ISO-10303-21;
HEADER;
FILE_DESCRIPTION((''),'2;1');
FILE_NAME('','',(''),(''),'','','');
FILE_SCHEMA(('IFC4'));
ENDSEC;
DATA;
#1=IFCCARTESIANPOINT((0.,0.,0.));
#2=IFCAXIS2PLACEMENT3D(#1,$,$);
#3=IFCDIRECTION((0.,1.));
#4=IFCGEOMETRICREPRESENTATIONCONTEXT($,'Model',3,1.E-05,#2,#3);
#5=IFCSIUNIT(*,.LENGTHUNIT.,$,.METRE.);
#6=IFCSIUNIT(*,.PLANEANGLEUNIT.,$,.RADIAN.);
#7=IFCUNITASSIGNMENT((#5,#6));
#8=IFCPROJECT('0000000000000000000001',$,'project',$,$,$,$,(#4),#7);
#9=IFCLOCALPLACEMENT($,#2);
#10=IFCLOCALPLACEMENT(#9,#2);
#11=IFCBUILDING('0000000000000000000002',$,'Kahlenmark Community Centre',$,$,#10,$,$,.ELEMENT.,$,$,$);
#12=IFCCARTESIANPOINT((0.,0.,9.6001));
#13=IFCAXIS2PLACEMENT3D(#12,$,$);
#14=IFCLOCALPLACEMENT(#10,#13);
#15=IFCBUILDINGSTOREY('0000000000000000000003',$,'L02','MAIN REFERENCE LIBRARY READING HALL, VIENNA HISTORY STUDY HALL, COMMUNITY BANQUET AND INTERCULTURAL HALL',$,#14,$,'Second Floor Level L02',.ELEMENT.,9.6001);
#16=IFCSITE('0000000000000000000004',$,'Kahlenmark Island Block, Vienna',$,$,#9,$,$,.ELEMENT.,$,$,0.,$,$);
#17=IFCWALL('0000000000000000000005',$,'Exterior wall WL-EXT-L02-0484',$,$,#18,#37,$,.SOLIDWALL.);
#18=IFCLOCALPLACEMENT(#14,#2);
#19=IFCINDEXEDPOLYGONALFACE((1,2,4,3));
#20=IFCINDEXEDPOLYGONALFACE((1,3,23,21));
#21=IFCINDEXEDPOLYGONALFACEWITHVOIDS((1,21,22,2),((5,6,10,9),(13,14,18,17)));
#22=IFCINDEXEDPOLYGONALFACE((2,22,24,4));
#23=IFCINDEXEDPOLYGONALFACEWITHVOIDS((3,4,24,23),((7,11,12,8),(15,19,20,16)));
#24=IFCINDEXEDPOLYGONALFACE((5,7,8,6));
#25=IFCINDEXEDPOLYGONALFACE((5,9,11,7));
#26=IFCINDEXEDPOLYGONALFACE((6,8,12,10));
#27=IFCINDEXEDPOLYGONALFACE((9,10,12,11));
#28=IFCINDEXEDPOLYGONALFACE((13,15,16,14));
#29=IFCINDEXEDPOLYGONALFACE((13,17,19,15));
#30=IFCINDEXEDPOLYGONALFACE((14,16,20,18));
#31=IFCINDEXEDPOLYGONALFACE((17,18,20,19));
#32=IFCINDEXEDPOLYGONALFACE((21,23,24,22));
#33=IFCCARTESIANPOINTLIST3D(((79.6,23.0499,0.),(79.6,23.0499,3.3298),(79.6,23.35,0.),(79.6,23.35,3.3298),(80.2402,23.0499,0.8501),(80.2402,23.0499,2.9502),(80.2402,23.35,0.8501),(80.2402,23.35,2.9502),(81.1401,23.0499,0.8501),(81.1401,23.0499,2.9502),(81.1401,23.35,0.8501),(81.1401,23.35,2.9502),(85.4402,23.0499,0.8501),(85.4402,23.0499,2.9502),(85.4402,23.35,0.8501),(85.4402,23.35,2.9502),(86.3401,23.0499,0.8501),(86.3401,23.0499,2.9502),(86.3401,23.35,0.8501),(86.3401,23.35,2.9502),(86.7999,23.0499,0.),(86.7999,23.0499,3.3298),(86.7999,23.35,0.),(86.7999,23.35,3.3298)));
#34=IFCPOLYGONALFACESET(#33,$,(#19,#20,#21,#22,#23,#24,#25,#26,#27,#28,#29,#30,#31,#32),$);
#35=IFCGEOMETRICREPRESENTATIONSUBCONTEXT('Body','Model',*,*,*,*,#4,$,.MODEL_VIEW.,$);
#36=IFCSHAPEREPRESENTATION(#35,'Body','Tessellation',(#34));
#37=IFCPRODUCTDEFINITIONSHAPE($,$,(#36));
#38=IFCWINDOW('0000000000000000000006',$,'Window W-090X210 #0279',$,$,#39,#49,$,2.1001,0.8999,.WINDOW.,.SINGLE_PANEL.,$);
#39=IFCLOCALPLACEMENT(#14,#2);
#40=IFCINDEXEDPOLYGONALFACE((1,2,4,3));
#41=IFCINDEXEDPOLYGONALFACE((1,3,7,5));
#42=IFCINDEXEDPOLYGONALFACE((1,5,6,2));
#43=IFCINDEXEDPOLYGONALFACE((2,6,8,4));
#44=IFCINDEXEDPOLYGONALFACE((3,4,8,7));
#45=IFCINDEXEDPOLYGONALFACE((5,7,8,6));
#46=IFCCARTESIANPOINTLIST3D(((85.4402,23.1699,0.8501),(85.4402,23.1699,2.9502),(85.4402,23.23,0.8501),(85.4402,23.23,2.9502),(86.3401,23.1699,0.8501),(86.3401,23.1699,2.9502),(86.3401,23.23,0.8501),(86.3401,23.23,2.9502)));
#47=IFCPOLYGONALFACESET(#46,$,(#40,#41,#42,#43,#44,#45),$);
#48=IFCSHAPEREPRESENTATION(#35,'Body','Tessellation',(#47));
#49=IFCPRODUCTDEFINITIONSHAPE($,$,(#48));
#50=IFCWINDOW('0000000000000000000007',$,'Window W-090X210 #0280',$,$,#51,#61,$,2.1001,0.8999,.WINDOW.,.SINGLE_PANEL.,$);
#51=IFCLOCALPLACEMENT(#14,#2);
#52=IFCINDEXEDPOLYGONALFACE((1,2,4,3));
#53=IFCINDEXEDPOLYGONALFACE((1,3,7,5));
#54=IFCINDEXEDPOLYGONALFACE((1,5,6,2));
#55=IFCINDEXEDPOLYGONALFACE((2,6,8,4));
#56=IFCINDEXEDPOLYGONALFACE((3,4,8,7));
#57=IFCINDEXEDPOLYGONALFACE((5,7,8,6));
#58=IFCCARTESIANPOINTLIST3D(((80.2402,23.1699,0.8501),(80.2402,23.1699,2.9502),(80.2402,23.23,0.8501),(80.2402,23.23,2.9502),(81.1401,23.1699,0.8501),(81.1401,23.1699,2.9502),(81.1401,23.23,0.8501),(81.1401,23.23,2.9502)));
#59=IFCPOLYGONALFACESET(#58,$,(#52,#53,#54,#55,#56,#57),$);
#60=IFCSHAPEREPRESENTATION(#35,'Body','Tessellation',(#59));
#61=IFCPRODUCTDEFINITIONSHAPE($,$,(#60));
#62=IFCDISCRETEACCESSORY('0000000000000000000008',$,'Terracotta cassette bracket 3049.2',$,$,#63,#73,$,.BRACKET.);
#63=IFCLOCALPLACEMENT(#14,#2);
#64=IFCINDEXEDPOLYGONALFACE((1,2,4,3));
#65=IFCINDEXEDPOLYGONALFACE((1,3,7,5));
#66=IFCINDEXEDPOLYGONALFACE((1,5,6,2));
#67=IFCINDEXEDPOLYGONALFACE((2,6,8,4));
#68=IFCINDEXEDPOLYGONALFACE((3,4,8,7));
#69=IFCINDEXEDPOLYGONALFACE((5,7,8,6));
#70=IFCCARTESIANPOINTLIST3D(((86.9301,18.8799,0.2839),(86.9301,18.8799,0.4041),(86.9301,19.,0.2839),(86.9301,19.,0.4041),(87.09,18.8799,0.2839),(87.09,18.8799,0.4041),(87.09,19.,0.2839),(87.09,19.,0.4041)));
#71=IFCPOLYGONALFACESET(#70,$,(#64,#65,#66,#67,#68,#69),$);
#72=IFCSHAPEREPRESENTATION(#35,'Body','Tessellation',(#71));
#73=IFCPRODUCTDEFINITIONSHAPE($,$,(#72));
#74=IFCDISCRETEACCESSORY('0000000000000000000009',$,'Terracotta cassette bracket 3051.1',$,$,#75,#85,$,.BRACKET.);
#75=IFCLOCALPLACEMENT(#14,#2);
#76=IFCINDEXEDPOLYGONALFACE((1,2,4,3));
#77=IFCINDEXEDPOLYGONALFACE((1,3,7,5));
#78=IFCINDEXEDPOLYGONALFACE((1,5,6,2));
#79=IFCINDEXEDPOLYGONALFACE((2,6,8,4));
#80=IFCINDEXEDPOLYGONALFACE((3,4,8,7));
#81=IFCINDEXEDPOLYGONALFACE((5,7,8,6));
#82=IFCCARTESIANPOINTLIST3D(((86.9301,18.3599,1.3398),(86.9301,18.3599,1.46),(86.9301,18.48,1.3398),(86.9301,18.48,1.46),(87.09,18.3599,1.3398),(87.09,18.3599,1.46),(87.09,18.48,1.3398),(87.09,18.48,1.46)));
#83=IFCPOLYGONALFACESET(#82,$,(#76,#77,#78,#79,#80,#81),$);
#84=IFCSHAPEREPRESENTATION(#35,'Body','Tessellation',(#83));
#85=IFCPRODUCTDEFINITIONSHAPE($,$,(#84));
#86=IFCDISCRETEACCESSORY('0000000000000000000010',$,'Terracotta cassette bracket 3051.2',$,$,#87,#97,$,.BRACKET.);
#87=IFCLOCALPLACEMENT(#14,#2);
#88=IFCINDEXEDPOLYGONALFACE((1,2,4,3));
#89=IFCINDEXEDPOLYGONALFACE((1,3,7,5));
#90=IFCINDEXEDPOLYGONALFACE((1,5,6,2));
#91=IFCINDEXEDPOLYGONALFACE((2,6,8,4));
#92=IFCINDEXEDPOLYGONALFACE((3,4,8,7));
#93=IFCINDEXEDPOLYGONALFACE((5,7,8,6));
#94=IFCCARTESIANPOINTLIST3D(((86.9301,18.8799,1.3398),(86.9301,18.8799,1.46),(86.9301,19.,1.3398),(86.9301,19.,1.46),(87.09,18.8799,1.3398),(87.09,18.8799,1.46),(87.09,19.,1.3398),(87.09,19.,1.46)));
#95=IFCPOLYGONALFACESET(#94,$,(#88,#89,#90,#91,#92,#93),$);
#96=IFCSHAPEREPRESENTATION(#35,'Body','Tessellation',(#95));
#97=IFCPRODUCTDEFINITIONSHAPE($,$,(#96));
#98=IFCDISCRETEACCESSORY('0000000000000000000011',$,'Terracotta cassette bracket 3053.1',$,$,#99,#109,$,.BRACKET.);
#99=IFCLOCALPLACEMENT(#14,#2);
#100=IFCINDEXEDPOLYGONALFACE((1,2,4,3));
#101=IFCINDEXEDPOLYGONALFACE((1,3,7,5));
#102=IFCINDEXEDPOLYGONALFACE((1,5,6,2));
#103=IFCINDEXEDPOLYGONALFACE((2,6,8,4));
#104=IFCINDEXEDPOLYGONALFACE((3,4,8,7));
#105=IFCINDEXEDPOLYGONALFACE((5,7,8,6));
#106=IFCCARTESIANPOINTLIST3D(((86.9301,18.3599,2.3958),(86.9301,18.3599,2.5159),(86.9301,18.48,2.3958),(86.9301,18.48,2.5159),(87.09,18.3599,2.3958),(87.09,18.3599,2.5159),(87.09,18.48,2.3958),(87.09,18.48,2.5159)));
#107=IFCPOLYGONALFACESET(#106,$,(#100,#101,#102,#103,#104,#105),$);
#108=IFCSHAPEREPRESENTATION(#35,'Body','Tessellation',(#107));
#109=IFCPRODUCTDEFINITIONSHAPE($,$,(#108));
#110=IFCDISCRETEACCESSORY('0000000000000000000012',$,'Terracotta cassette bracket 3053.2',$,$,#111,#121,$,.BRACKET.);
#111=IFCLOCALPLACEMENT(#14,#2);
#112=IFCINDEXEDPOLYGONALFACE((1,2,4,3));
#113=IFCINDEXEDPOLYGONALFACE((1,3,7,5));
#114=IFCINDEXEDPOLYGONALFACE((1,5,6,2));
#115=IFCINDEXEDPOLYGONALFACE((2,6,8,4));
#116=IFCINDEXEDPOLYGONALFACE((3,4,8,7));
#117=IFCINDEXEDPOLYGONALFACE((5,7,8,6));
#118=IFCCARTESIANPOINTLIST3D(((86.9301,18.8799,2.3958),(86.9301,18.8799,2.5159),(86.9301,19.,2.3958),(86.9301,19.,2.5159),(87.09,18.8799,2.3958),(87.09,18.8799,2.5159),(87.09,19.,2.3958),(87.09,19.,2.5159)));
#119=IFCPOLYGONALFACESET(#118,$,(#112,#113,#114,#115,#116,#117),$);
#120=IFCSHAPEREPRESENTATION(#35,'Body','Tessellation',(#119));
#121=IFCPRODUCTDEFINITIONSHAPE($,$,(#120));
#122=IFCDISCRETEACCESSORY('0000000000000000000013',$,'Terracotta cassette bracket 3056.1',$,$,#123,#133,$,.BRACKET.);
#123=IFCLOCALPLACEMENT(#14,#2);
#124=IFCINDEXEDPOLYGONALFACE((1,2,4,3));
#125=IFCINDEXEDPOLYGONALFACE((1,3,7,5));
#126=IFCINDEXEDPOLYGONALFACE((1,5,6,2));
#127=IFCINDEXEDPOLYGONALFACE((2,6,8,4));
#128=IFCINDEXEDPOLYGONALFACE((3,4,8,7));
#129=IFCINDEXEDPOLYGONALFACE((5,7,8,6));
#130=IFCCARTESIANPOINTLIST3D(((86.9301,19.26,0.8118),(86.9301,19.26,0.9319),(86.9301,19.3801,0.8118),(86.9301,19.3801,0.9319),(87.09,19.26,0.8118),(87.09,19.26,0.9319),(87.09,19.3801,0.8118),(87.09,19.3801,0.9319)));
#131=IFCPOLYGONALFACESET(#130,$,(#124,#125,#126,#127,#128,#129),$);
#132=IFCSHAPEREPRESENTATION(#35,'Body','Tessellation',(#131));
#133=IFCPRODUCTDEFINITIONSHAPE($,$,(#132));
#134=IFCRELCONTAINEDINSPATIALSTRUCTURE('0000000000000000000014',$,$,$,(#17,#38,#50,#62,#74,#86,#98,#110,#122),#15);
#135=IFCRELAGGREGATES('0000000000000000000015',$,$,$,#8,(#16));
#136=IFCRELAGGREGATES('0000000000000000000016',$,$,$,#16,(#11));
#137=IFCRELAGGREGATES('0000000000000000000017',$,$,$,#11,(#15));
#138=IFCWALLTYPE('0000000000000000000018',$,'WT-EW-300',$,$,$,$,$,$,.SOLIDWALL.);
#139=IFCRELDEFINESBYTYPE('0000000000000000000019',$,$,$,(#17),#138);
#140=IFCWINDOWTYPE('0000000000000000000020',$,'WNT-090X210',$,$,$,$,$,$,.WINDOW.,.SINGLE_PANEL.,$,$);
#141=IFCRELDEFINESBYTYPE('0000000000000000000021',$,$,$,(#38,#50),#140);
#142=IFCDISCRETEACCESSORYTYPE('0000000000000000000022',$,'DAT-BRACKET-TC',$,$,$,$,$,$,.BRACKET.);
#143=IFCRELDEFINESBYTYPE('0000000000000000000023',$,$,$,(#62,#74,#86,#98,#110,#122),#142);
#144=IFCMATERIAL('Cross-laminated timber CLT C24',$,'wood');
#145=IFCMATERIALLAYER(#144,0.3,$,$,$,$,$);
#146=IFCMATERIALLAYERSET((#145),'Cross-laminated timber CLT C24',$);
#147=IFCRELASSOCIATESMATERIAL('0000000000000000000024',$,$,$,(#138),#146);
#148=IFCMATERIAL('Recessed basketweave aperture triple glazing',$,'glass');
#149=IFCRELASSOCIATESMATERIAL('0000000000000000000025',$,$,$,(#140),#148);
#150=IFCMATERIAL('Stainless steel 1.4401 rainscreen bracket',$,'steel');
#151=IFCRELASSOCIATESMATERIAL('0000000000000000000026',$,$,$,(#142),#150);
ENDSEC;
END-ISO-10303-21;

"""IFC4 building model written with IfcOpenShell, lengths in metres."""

from ifc_helpers import new_model, si_unit, direction, frame, frame_2d, origin, origin_2d, place, context, subcontext, project, spatial, rectangle, extrude, material, layer, layer_set, type_object, element, fill, save


model = new_model("IFC4")

# Units and contexts
model_context = context("Model", 3, precision=1e-05, world=origin(), true_north=direction((0.0, 1.0)))
body_context = subcontext(model_context, "Body", "Model", "MODEL_VIEW")
ifc_project = project(units=[si_unit("LENGTHUNIT", "METRE"), si_unit("PLANEANGLEUNIT", "RADIAN")], contexts=[model_context])

# Site, building, storey
site_placement = place(None, origin())
site = spatial("IfcSite", under=ifc_project, at=site_placement, Name="Kahlenmark Island Block, Vienna", CompositionType="ELEMENT", RefElevation=0.0)
building_placement = place(site_placement, origin())
building = spatial("IfcBuilding", under=site, at=building_placement, Name="Kahlenmark Community Centre", CompositionType="ELEMENT")
storey_placement = place(building_placement, frame((0.0, 0.0, 9.6001)))
storey = spatial("IfcBuildingStorey", under=building, at=storey_placement, Name="L02", Description="MAIN REFERENCE LIBRARY READING HALL, VIENNA HISTORY STUDY HALL, COMMUNITY BANQUET AND INTERCULTURAL HALL", LongName="Second Floor Level L02", CompositionType="ELEMENT", Elevation=9.6001)

# Shared definitions
ifc_material_1 = material(Name="Cross-laminated timber CLT C24", Category="wood")
ifc_layer_1 = layer(ifc_material_1, 0.3)
ifc_layer_set_1 = layer_set([ifc_layer_1], Name="Cross-laminated timber CLT C24")
wall_type = type_object("IfcWallType", Name="WT-EW-300", PredefinedType="SOLIDWALL", material=ifc_layer_set_1)

# Wall, openings, windows
wall_1_placement = place(storey_placement, frame((86.8, 23.2, 0.0), z_axis=(0.0, 0.0, 1.0), x_axis=(-1.0, 0.0, 0.0)))
wall_1 = element("IfcWall", 1, at=wall_1_placement, inside=storey, type_object=wall_type, Name="Exterior wall WL-EXT-L02-0484", PredefinedType="SOLIDWALL", context=body_context, shape_type="SweptSolid", body=[
    extrude(rectangle(XDim=7.2, YDim=0.3, at=frame_2d((3.6001, 0.0))), origin(), (0.0, 0.0, 1.0), 3.3298),
])
opening_1_placement = place(wall_1_placement, frame((0.46, 0.0, 0.8501)))
opening_1 = element("IfcOpeningElement", 2, at=opening_1_placement, cuts=wall_1, PredefinedType="OPENING", context=body_context, shape_type="SweptSolid", body=[
    extrude(rectangle(XDim=0.8999, YDim=2.1001, at=frame_2d((0.45, 1.05))), frame((0.0, 0.1599, 0.0), z_axis=(0.0, -1.0, 0.0), x_axis=(1.0, 0.0, 0.0)), (0.0, 0.0, 1.0), 0.3201),
])
opening_2_placement = place(wall_1_placement, frame((5.6599, 0.0, 0.8501)))
opening_2 = element("IfcOpeningElement", 3, at=opening_2_placement, cuts=wall_1, PredefinedType="OPENING", context=body_context, shape_type="SweptSolid", body=[
    extrude(rectangle(XDim=0.8999, YDim=2.1001, at=frame_2d((0.45, 1.05))), frame((0.0, 0.1599, 0.0), z_axis=(0.0, -1.0, 0.0), x_axis=(1.0, 0.0, 0.0)), (0.0, 0.0, 1.0), 0.3201),
])
ifc_material_2 = material(Name="Recessed basketweave aperture triple glazing", Category="glass")
window_type = type_object("IfcWindowType", Name="WNT-090X210", PartitioningType="SINGLE_PANEL", PredefinedType="WINDOW", material=ifc_material_2)
window_1_placement = place(opening_1_placement, origin())
window_1 = element("IfcWindow", 4, at=window_1_placement, inside=storey, type_object=window_type, Name="Window W-090X210 #0279", OverallHeight=2.1001, OverallWidth=0.8999, PartitioningType="SINGLE_PANEL", PredefinedType="WINDOW", context=body_context, shape_type="SweptSolid", body=[
    extrude(rectangle(XDim=0.8999, YDim=2.1001, at=frame_2d((0.45, 1.05))), frame((0.0, 0.03, 0.0), z_axis=(0.0, -1.0, 0.0), x_axis=(1.0, 0.0, 0.0)), (0.0, 0.0, 1.0), 0.0601),
])
fill(opening_1, window_1)
window_2_placement = place(opening_2_placement, origin())
window_2 = element("IfcWindow", 5, at=window_2_placement, inside=storey, type_object=window_type, Name="Window W-090X210 #0280", OverallHeight=2.1001, OverallWidth=0.8999, PartitioningType="SINGLE_PANEL", PredefinedType="WINDOW", context=body_context, shape_type="SweptSolid", body=[
    extrude(rectangle(XDim=0.8999, YDim=2.1001, at=frame_2d((0.45, 1.05))), frame((0.0, 0.03, 0.0), z_axis=(0.0, -1.0, 0.0), x_axis=(1.0, 0.0, 0.0)), (0.0, 0.0, 1.0), 0.0601),
])
fill(opening_2, window_2)

# Discrete accessories
ifc_material_3 = material(Name="Stainless steel 1.4401 rainscreen bracket", Category="steel")
discrete_accessory_type = type_object("IfcDiscreteAccessoryType", Name="DAT-BRACKET-TC", PredefinedType="BRACKET", material=ifc_material_3)
for number, where, z_axis, x_axis, name in (
    (6, (87.01, 18.9399, 0.2839), (0.0, 0.0, 1.0), (0.0, 1.0, 0.0), "Terracotta cassette bracket 3049.2"),
    (7, (87.01, 18.4199, 1.3398), (0.0, 0.0, 1.0), (0.0, 1.0, 0.0), "Terracotta cassette bracket 3051.1"),
    (8, (87.01, 18.9399, 1.3398), (0.0, 0.0, 1.0), (0.0, 1.0, 0.0), "Terracotta cassette bracket 3051.2"),
    (9, (87.01, 18.4199, 2.3958), (0.0, 0.0, 1.0), (0.0, 1.0, 0.0), "Terracotta cassette bracket 3053.1"),
    (10, (87.01, 18.9399, 2.3958), (0.0, 0.0, 1.0), (0.0, 1.0, 0.0), "Terracotta cassette bracket 3053.2"),
    (11, (87.01, 19.3201, 0.8118), (0.0, 0.0, 1.0), (0.0, 1.0, 0.0), "Terracotta cassette bracket 3056.1"),
):
    element("IfcDiscreteAccessory", number, at=place(storey_placement, frame(where, z_axis=z_axis, x_axis=x_axis)), inside=storey, type_object=discrete_accessory_type, Name=name, PredefinedType="BRACKET", context=body_context, shape_type="SweptSolid", body=[
        extrude(rectangle(XDim=0.1201, YDim=0.1599, at=origin_2d()), origin(), (0.0, 0.0, 1.0), 0.1201),
    ])

save(model, "model.ifc")
